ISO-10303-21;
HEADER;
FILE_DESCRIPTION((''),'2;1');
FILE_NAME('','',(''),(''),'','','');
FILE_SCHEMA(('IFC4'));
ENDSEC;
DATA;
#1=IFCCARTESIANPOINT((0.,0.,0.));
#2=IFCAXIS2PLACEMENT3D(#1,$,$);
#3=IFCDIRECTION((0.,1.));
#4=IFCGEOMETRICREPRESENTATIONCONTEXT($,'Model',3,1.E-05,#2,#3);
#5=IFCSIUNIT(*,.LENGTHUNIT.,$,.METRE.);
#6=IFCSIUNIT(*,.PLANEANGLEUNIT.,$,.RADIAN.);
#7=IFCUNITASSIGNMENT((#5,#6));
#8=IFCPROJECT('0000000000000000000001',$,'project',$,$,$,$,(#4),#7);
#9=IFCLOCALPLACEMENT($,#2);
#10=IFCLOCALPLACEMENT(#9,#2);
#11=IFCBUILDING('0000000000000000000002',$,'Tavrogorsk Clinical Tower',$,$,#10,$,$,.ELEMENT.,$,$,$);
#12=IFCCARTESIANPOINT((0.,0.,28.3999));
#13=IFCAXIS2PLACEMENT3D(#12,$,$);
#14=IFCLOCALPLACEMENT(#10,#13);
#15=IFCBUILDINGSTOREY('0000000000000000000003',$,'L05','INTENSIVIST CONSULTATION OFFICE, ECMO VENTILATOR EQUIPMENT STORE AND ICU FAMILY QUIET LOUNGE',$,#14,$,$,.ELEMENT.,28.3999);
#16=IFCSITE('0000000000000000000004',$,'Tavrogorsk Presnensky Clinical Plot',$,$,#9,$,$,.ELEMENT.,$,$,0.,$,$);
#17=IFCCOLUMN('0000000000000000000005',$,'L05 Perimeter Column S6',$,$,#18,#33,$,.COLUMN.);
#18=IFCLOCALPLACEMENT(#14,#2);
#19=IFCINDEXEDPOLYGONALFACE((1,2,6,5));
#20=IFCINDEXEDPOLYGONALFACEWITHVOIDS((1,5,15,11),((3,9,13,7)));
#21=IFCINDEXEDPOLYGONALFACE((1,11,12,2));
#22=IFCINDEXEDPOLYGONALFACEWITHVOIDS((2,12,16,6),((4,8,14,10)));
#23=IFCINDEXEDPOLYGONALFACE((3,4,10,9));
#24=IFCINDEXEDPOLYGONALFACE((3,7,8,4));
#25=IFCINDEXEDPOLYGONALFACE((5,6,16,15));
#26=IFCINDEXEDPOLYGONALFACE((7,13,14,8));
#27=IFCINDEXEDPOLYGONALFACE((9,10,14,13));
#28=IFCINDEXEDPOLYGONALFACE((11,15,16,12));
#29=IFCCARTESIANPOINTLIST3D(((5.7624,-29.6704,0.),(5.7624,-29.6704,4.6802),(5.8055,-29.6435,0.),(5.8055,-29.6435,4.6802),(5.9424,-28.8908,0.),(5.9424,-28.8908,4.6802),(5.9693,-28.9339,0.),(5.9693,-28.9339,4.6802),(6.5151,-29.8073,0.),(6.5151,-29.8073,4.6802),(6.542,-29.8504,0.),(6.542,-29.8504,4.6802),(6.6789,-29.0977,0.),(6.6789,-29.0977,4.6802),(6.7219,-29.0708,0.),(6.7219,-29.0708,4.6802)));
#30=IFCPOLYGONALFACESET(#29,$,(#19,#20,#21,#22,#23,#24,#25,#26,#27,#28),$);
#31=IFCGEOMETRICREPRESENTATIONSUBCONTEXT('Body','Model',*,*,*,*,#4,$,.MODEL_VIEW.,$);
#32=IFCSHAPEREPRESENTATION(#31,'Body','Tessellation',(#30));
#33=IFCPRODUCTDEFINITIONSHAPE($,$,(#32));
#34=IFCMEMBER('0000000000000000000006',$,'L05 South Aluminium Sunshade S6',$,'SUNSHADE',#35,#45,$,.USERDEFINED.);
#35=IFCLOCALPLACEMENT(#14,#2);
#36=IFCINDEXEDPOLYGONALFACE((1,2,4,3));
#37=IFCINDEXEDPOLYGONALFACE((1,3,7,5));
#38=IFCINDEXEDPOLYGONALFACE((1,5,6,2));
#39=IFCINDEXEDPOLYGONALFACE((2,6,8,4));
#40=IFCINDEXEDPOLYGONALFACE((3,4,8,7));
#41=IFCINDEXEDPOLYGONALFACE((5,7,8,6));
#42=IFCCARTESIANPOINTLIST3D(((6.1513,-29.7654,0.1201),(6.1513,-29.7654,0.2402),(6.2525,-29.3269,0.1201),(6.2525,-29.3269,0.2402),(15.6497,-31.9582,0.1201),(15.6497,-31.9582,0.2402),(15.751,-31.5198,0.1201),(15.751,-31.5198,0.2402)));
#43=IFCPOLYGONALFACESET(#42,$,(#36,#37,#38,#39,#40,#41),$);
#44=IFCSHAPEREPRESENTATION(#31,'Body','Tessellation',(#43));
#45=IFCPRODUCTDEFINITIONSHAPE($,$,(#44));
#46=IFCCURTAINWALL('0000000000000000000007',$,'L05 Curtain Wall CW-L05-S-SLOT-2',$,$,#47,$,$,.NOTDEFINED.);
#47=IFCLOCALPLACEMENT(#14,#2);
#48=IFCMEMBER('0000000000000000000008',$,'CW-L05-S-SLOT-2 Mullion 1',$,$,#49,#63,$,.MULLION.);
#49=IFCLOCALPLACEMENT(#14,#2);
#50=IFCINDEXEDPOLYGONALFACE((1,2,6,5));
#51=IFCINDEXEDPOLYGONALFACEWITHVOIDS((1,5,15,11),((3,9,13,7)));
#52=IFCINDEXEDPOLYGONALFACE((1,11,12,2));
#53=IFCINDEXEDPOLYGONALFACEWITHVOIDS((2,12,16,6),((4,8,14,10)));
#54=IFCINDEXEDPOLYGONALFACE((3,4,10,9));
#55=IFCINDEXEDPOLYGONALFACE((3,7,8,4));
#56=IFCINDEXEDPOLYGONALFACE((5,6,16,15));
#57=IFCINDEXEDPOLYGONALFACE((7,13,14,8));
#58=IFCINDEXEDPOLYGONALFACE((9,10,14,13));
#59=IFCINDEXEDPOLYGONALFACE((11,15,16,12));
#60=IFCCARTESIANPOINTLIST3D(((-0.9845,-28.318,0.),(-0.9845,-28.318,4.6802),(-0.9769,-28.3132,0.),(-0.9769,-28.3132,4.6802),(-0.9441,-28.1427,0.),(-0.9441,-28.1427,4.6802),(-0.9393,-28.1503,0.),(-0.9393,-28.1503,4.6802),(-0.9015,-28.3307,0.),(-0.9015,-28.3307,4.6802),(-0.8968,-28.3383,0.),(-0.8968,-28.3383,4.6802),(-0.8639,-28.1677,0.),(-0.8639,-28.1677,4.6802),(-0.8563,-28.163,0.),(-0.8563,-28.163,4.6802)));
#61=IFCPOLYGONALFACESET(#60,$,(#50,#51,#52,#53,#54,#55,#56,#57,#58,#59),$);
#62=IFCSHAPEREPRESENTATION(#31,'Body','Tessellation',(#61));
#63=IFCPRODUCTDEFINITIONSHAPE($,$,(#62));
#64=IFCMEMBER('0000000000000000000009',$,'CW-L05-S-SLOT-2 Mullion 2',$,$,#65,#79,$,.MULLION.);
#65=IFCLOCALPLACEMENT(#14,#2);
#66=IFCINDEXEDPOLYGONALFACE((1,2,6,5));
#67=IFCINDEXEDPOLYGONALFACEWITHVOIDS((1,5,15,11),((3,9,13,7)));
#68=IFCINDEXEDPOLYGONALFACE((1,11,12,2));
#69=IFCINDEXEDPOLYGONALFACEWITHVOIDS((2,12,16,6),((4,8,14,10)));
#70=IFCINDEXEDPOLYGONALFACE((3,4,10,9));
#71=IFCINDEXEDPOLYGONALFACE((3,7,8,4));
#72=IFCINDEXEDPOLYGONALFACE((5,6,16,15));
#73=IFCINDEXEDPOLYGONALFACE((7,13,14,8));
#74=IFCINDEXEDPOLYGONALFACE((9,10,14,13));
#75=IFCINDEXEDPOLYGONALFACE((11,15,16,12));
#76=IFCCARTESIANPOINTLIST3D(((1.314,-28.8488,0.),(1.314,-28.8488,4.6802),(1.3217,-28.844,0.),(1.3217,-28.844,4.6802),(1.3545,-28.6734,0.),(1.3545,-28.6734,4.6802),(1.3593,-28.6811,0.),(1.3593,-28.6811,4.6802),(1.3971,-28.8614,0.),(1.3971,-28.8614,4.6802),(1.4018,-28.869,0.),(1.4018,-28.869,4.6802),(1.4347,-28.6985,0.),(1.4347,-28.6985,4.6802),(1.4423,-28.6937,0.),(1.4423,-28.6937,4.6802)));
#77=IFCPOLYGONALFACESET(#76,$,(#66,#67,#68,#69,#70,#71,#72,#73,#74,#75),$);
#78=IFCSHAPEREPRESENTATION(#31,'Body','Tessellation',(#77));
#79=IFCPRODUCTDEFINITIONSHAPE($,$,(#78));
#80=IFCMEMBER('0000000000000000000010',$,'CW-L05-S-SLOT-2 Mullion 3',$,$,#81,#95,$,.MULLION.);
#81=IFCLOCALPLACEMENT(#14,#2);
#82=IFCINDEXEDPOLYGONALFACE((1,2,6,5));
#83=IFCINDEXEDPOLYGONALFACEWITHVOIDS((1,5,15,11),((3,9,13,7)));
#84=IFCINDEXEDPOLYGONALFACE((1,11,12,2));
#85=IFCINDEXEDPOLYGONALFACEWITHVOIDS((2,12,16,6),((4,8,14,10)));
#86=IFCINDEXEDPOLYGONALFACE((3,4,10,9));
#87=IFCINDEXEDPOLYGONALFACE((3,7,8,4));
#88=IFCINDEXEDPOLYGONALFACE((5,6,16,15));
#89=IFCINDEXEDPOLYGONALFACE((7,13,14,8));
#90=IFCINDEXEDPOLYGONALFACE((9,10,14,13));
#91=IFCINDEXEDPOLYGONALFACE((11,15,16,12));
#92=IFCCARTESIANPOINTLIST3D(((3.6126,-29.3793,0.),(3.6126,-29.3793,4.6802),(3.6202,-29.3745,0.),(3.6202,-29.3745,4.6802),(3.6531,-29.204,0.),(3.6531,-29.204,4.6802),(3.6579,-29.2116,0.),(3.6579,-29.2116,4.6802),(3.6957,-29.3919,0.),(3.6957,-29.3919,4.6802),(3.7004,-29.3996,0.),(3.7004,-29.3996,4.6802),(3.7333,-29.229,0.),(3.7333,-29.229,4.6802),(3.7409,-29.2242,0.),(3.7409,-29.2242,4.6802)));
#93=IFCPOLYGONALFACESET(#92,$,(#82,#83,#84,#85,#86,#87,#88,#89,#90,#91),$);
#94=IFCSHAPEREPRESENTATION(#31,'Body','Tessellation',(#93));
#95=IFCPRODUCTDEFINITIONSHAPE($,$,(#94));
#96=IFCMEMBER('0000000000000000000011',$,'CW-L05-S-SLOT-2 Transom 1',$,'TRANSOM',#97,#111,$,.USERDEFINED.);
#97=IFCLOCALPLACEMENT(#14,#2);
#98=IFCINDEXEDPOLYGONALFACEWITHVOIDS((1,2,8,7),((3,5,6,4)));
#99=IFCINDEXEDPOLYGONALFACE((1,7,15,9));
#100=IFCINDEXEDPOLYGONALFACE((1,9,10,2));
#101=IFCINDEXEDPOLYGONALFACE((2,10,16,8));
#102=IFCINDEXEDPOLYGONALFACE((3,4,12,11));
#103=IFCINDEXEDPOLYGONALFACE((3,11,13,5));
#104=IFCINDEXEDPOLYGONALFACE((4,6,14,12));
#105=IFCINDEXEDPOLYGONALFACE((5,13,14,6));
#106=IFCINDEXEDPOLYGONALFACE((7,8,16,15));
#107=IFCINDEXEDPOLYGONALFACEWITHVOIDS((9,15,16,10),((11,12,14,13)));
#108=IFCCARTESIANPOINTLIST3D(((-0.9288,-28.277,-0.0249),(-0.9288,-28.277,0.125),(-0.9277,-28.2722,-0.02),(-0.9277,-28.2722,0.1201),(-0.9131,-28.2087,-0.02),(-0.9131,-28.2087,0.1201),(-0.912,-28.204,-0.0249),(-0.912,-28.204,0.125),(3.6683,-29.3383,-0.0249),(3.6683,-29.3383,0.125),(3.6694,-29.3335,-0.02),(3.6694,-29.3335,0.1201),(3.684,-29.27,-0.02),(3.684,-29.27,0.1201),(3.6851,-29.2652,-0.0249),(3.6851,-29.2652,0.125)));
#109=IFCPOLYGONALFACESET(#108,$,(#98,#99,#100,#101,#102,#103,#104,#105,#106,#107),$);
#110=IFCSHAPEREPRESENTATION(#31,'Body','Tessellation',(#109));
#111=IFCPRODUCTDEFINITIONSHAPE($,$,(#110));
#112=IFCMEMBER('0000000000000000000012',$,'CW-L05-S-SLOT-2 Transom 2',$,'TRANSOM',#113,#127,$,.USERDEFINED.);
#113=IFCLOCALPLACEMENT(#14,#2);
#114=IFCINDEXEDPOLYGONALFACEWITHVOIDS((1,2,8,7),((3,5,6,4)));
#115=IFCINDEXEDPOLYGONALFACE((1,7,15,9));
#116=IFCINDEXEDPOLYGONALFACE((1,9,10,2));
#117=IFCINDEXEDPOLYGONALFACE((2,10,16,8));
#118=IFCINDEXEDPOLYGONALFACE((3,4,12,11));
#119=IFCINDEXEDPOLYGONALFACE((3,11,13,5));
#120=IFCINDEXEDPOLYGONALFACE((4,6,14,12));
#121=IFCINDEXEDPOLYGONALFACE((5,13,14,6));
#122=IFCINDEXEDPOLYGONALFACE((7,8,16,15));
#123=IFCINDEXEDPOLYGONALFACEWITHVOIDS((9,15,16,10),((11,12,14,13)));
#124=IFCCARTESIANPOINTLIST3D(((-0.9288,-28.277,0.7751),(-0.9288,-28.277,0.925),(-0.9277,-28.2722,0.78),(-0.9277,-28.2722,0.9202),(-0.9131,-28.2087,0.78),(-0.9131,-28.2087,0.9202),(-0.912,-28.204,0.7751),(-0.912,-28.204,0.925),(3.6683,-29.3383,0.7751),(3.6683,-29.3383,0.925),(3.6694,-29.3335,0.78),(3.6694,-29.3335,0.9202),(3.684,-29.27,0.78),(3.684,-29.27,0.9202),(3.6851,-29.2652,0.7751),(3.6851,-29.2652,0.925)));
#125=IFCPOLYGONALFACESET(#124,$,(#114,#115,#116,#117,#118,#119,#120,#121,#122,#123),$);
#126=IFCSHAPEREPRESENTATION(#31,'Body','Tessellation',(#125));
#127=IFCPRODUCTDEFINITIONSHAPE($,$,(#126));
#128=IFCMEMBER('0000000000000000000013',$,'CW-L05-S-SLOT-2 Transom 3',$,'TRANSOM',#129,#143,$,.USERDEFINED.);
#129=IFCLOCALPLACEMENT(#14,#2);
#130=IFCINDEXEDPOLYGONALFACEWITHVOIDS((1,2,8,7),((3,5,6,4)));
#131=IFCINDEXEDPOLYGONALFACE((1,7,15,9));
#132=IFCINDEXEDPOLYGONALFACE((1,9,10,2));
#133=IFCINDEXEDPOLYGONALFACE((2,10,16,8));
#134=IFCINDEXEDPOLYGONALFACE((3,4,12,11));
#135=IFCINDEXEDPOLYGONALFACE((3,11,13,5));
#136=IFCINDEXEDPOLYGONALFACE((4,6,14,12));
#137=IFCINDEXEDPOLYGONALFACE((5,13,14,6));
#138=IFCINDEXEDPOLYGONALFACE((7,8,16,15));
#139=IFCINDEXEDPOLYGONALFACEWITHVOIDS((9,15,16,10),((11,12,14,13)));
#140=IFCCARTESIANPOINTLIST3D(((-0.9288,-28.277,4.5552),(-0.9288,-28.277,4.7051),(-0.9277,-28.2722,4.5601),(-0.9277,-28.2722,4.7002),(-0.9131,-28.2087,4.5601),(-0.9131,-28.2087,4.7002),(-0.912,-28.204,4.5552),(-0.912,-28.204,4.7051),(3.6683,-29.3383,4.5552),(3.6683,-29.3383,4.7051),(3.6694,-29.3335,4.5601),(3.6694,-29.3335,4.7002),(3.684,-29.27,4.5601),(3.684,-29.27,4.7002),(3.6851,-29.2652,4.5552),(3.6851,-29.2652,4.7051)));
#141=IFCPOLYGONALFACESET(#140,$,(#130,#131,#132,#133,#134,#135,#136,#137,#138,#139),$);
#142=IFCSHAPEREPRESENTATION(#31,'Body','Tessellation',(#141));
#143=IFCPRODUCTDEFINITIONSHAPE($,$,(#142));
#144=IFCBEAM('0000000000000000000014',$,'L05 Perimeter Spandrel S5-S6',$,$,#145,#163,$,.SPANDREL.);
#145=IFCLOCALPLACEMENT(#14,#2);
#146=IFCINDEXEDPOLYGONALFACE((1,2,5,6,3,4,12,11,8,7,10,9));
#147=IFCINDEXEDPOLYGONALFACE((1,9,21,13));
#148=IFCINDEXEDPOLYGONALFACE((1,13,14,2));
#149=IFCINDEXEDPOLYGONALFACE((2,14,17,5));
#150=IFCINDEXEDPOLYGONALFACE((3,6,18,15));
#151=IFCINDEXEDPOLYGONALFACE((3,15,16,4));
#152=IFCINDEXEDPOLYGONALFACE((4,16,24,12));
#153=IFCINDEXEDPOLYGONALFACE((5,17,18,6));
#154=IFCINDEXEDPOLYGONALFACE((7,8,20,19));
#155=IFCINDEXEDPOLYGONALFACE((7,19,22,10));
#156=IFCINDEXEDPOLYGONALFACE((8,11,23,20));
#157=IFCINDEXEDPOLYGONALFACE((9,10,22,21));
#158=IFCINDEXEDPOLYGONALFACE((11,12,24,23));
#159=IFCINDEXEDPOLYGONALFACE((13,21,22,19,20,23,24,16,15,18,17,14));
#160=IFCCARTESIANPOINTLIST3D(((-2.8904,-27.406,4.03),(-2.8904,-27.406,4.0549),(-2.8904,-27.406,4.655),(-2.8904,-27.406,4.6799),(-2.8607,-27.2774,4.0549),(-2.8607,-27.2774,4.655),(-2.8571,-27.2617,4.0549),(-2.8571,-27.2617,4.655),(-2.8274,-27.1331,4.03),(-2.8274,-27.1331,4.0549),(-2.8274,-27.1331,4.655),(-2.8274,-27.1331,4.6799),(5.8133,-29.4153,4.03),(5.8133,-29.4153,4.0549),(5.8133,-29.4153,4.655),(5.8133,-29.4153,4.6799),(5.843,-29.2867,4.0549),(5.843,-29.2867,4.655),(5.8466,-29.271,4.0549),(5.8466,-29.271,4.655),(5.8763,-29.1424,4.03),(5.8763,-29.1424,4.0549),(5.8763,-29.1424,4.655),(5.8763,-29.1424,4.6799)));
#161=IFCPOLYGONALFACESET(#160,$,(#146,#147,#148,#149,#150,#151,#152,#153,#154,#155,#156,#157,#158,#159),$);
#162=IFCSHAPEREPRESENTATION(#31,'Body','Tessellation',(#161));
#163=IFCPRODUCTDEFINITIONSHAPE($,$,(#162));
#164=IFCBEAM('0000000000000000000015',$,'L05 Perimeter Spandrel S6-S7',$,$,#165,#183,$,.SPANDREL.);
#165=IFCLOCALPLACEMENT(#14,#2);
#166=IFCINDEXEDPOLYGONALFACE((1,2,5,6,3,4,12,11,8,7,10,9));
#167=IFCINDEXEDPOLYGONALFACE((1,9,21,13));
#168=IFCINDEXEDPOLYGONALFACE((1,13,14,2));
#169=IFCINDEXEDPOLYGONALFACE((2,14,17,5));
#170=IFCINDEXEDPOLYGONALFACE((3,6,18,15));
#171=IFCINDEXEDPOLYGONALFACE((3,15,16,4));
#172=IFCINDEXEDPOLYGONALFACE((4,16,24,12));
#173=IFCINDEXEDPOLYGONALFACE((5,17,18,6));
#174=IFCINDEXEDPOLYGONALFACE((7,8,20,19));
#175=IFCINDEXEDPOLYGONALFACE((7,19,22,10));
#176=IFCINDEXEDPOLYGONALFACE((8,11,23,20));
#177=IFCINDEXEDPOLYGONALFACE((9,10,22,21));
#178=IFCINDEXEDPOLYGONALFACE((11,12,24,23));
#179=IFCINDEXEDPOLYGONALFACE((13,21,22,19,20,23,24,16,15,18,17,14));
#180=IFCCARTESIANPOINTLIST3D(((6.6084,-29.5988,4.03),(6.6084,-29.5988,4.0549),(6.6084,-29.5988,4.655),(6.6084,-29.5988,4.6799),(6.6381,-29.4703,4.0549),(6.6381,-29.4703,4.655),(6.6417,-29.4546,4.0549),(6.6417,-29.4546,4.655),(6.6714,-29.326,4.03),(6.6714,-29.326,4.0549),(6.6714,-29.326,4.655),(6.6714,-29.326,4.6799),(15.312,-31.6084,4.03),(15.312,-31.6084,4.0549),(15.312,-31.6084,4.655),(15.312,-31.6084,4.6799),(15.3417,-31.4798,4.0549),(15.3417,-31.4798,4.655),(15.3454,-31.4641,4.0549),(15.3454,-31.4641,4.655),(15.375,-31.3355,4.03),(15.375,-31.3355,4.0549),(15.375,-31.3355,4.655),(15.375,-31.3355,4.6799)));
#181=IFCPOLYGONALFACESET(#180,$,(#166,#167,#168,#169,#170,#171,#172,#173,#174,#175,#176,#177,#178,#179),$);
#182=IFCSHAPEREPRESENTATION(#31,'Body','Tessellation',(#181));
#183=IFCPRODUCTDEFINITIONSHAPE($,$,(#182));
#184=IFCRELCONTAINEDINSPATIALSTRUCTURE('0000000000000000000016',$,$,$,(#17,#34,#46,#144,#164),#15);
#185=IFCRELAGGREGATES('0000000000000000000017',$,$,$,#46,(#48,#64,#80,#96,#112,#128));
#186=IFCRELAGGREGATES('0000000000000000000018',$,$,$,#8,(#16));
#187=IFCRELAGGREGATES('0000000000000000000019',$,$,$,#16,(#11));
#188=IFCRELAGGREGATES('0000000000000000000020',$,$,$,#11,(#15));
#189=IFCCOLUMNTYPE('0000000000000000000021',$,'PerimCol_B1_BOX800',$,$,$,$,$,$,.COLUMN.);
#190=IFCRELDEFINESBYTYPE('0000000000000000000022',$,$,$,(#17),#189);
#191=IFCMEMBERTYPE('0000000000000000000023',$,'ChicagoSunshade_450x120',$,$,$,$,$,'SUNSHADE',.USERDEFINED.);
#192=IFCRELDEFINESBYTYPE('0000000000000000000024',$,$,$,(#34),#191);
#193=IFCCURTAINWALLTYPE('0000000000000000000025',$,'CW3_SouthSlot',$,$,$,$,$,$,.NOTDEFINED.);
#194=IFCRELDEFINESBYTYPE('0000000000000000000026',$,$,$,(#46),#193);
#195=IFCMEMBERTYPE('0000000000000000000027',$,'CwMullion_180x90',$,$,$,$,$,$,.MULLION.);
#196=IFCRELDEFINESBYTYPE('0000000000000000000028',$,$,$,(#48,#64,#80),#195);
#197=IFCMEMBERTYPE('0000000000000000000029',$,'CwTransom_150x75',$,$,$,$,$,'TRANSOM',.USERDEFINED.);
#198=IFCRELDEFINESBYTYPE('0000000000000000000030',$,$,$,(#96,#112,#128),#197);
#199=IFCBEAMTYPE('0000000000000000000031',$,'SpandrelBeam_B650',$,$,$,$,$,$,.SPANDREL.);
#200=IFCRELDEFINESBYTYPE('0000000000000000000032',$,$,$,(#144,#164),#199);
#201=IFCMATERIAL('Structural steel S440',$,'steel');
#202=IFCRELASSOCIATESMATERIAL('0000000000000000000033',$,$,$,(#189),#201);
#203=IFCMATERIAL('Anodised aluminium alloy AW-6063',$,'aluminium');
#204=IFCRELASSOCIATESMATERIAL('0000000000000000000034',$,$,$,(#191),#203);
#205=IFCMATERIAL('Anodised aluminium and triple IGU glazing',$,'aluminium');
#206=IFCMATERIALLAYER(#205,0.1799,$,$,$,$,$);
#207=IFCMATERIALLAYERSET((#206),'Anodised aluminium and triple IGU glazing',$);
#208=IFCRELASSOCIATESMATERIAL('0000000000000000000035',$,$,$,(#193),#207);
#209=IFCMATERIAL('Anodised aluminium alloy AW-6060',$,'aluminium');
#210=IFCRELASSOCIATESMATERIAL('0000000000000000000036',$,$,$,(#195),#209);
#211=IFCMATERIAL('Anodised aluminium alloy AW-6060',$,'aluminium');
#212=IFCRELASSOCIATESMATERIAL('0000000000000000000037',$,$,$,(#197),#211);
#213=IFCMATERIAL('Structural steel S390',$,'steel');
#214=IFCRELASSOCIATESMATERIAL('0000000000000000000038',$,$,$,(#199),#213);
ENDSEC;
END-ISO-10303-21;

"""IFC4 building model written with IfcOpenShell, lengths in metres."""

from ifc_helpers import new_model, si_unit, direction, frame, origin, origin_2d, place, context, subcontext, project, spatial, rectangle, hollow_rectangle, i_section, extrude, material, layer, layer_set, material_profile, profile_set, type_object, element, aggregate, save


model = new_model("IFC4")

# Units and contexts
model_context = context("Model", 3, precision=1e-05, world=origin(), true_north=direction((0.0, 1.0)))
body_context = subcontext(model_context, "Body", "Model", "MODEL_VIEW")
ifc_project = project(units=[si_unit("LENGTHUNIT", "METRE"), si_unit("PLANEANGLEUNIT", "RADIAN")], contexts=[model_context])

# Site, building, storey
site_placement = place(None, origin())
site = spatial("IfcSite", under=ifc_project, at=site_placement, Name="Tavrogorsk Presnensky Clinical Plot", CompositionType="ELEMENT", RefElevation=0.0)
building_placement = place(site_placement, origin())
building = spatial("IfcBuilding", under=site, at=building_placement, Name="Tavrogorsk Clinical Tower", CompositionType="ELEMENT")
storey_placement = place(building_placement, frame((0.0, 0.0, 28.3999)))
storey = spatial("IfcBuildingStorey", under=building, at=storey_placement, Name="L05", Description="INTENSIVIST CONSULTATION OFFICE, ECMO VENTILATOR EQUIPMENT STORE AND ICU FAMILY QUIET LOUNGE", CompositionType="ELEMENT", Elevation=28.3999)

# Column
ifc_material_1 = material(Name="Structural steel S440", Category="steel")
ifc_material_profile_1 = material_profile(ifc_material_1, hollow_rectangle(XDim=0.8, YDim=0.8, WallThickness=0.0359, at=origin_2d()), Name="BOX-800x800x36")
ifc_profile_set_1 = profile_set([ifc_material_profile_1], Name="Structural steel S440")
column_type = type_object("IfcColumnType", Name="PerimCol_B1_BOX800", PredefinedType="COLUMN", material=ifc_profile_set_1)
column_placement = place(storey_placement, frame((6.2422, -29.3706, 0.0), z_axis=(0.0, 0.0, 1.0), x_axis=(0.97437, -0.224951, 0.0)))
element("IfcColumn", 1, at=column_placement, inside=storey, type_object=column_type, Name="L05 Perimeter Column S6", PredefinedType="COLUMN", context=body_context, shape_type="SweptSolid", body=[
    extrude(hollow_rectangle(XDim=0.8, YDim=0.8, WallThickness=0.0359, at=origin_2d()), origin(), (0.0, 0.0, 1.0), 4.6802),
])

# Member
ifc_material_2 = material(Name="Anodised aluminium alloy AW-6063", Category="aluminium")
ifc_material_profile_2 = material_profile(ifc_material_2, rectangle(XDim=0.45, YDim=0.1201, at=origin_2d()), Name="ALU-SUNSHADE-450x120")
ifc_profile_set_2 = profile_set([ifc_material_profile_2], Name="Anodised aluminium alloy AW-6063")
member_type_1 = type_object("IfcMemberType", Name="ChicagoSunshade_450x120", ElementType="SUNSHADE", PredefinedType="USERDEFINED", material=ifc_profile_set_2)
member_1_placement = place(storey_placement, frame((6.2019, -29.5461, 0.1802), z_axis=(0.974371, -0.224947, 0.0), x_axis=(0.224947, 0.974371, 0.0)))
element("IfcMember", 2, at=member_1_placement, inside=storey, type_object=member_type_1, Name="L05 South Aluminium Sunshade S6", ObjectType="SUNSHADE", PredefinedType="USERDEFINED", context=body_context, shape_type="SweptSolid", body=[
    extrude(rectangle(XDim=0.45, YDim=0.1201, at=origin_2d()), origin(), (0.0, 0.0, 1.0), 9.7483),
])

# Curtain wall, members
ifc_material_3 = material(Name="Anodised aluminium and triple IGU glazing", Category="aluminium")
ifc_layer_1 = layer(ifc_material_3, 0.1799)
ifc_layer_set_1 = layer_set([ifc_layer_1], Name="Anodised aluminium and triple IGU glazing")
curtain_wall_type = type_object("IfcCurtainWallType", Name="CW3_SouthSlot", PredefinedType="NOTDEFINED", material=ifc_layer_set_1)
curtain_wall_placement = place(storey_placement, origin())
curtain_wall = element("IfcCurtainWall", 3, at=curtain_wall_placement, inside=storey, type_object=curtain_wall_type, Name="L05 Curtain Wall CW-L05-S-SLOT-2", PredefinedType="NOTDEFINED")
ifc_material_4 = material(Name="Anodised aluminium alloy AW-6060", Category="aluminium")
ifc_material_profile_3 = material_profile(ifc_material_4, hollow_rectangle(XDim=0.0901, YDim=0.1799, WallThickness=0.0063, at=origin_2d()), Name="RHS-180x90x6.3")
ifc_profile_set_3 = profile_set([ifc_material_profile_3], Name="Anodised aluminium alloy AW-6060")
member_type_2 = type_object("IfcMemberType", Name="CwMullion_180x90", PredefinedType="MULLION", material=ifc_profile_set_3)
member_2_placement = place(storey_placement, frame((-0.9204, -28.2405, 0.0), z_axis=(0.0, 0.0, 1.0), x_axis=(0.97437, -0.224951, 0.0)))
member_2 = element("IfcMember", 4, at=member_2_placement, type_object=member_type_2, Name="CW-L05-S-SLOT-2 Mullion 1", PredefinedType="MULLION", context=body_context, shape_type="SweptSolid", body=[
    extrude(hollow_rectangle(XDim=0.0901, YDim=0.1799, WallThickness=0.0063, at=origin_2d()), origin(), (0.0, 0.0, 1.0), 4.6802),
])
member_3_placement = place(storey_placement, frame((1.3782, -28.7712, 0.0), z_axis=(0.0, 0.0, 1.0), x_axis=(0.97437, -0.224951, 0.0)))
member_3 = element("IfcMember", 5, at=member_3_placement, type_object=member_type_2, Name="CW-L05-S-SLOT-2 Mullion 2", PredefinedType="MULLION", context=body_context, shape_type="SweptSolid", body=[
    extrude(hollow_rectangle(XDim=0.0901, YDim=0.1799, WallThickness=0.0063, at=origin_2d()), origin(), (0.0, 0.0, 1.0), 4.6802),
])
member_4_placement = place(storey_placement, frame((3.6768, -29.3018, 0.0), z_axis=(0.0, 0.0, 1.0), x_axis=(0.97437, -0.224951, 0.0)))
member_4 = element("IfcMember", 6, at=member_4_placement, type_object=member_type_2, Name="CW-L05-S-SLOT-2 Mullion 3", PredefinedType="MULLION", context=body_context, shape_type="SweptSolid", body=[
    extrude(hollow_rectangle(XDim=0.0901, YDim=0.1799, WallThickness=0.0063, at=origin_2d()), origin(), (0.0, 0.0, 1.0), 4.6802),
])
ifc_material_5 = material(Name="Anodised aluminium alloy AW-6060", Category="aluminium")
ifc_material_profile_4 = material_profile(ifc_material_5, hollow_rectangle(XDim=0.075, YDim=0.1499, WallThickness=0.0049, at=origin_2d()), Name="RHS-150x75x5")
ifc_profile_set_4 = profile_set([ifc_material_profile_4], Name="Anodised aluminium alloy AW-6060")
member_type_3 = type_object("IfcMemberType", Name="CwTransom_150x75", ElementType="TRANSOM", PredefinedType="USERDEFINED", material=ifc_profile_set_4)
member_5_placement = place(storey_placement, frame((-0.9204, -28.2405, 0.05), z_axis=(0.974373, -0.224939, 0.0), x_axis=(0.224939, 0.974373, 0.0)))
member_5 = element("IfcMember", 7, at=member_5_placement, type_object=member_type_3, Name="CW-L05-S-SLOT-2 Transom 1", ObjectType="TRANSOM", PredefinedType="USERDEFINED", context=body_context, shape_type="SweptSolid", body=[
    extrude(hollow_rectangle(XDim=0.075, YDim=0.1499, WallThickness=0.0049, at=origin_2d()), origin(), (0.0, 0.0, 1.0), 4.718),
])
member_6_placement = place(storey_placement, frame((-0.9204, -28.2405, 0.8501), z_axis=(0.974373, -0.224939, 0.0), x_axis=(0.224939, 0.974373, 0.0)))
member_6 = element("IfcMember", 8, at=member_6_placement, type_object=member_type_3, Name="CW-L05-S-SLOT-2 Transom 2", ObjectType="TRANSOM", PredefinedType="USERDEFINED", context=body_context, shape_type="SweptSolid", body=[
    extrude(hollow_rectangle(XDim=0.075, YDim=0.1499, WallThickness=0.0049, at=origin_2d()), origin(), (0.0, 0.0, 1.0), 4.718),
])
member_7_placement = place(storey_placement, frame((-0.9204, -28.2405, 4.6301), z_axis=(0.974373, -0.224939, 0.0), x_axis=(0.224939, 0.974373, 0.0)))
member_7 = element("IfcMember", 9, at=member_7_placement, type_object=member_type_3, Name="CW-L05-S-SLOT-2 Transom 3", ObjectType="TRANSOM", PredefinedType="USERDEFINED", context=body_context, shape_type="SweptSolid", body=[
    extrude(hollow_rectangle(XDim=0.075, YDim=0.1499, WallThickness=0.0049, at=origin_2d()), origin(), (0.0, 0.0, 1.0), 4.718),
])

# Beams
ifc_material_6 = material(Name="Structural steel S390", Category="steel")
ifc_material_profile_5 = material_profile(ifc_material_6, i_section(OverallWidth=0.28, OverallDepth=0.6499, WebThickness=0.0161, FlangeThickness=0.0249, at=origin_2d()), Name="B-650x280x16x25")
ifc_profile_set_5 = profile_set([ifc_material_profile_5], Name="Structural steel S390")
beam_type = type_object("IfcBeamType", Name="SpandrelBeam_B650", PredefinedType="SPANDREL", material=ifc_profile_set_5)
for number, where, z_axis, x_axis, name in (
    (10, (-2.8589, -27.2695, 4.355), (0.974373, -0.224939, 0.0), (0.224939, 0.974373, 0.0), "L05 Perimeter Spandrel S5-S6"),
    (11, (6.6399, -29.4624, 4.355), (0.974367, -0.224965, 0.0), (0.224965, 0.974367, 0.0), "L05 Perimeter Spandrel S6-S7"),
):
    element("IfcBeam", number, at=place(storey_placement, frame(where, z_axis=z_axis, x_axis=x_axis)), inside=storey, type_object=beam_type, Name=name, PredefinedType="SPANDREL", context=body_context, shape_type="SweptSolid", body=[
        extrude(i_section(OverallWidth=0.28, OverallDepth=0.6499, WebThickness=0.0161, FlangeThickness=0.0249, at=origin_2d()), origin(), (0.0, 0.0, 1.0), 8.9326),
    ])

aggregate(curtain_wall, [member_2, member_3, member_4, member_5, member_6, member_7])

save(model, "model.ifc")
